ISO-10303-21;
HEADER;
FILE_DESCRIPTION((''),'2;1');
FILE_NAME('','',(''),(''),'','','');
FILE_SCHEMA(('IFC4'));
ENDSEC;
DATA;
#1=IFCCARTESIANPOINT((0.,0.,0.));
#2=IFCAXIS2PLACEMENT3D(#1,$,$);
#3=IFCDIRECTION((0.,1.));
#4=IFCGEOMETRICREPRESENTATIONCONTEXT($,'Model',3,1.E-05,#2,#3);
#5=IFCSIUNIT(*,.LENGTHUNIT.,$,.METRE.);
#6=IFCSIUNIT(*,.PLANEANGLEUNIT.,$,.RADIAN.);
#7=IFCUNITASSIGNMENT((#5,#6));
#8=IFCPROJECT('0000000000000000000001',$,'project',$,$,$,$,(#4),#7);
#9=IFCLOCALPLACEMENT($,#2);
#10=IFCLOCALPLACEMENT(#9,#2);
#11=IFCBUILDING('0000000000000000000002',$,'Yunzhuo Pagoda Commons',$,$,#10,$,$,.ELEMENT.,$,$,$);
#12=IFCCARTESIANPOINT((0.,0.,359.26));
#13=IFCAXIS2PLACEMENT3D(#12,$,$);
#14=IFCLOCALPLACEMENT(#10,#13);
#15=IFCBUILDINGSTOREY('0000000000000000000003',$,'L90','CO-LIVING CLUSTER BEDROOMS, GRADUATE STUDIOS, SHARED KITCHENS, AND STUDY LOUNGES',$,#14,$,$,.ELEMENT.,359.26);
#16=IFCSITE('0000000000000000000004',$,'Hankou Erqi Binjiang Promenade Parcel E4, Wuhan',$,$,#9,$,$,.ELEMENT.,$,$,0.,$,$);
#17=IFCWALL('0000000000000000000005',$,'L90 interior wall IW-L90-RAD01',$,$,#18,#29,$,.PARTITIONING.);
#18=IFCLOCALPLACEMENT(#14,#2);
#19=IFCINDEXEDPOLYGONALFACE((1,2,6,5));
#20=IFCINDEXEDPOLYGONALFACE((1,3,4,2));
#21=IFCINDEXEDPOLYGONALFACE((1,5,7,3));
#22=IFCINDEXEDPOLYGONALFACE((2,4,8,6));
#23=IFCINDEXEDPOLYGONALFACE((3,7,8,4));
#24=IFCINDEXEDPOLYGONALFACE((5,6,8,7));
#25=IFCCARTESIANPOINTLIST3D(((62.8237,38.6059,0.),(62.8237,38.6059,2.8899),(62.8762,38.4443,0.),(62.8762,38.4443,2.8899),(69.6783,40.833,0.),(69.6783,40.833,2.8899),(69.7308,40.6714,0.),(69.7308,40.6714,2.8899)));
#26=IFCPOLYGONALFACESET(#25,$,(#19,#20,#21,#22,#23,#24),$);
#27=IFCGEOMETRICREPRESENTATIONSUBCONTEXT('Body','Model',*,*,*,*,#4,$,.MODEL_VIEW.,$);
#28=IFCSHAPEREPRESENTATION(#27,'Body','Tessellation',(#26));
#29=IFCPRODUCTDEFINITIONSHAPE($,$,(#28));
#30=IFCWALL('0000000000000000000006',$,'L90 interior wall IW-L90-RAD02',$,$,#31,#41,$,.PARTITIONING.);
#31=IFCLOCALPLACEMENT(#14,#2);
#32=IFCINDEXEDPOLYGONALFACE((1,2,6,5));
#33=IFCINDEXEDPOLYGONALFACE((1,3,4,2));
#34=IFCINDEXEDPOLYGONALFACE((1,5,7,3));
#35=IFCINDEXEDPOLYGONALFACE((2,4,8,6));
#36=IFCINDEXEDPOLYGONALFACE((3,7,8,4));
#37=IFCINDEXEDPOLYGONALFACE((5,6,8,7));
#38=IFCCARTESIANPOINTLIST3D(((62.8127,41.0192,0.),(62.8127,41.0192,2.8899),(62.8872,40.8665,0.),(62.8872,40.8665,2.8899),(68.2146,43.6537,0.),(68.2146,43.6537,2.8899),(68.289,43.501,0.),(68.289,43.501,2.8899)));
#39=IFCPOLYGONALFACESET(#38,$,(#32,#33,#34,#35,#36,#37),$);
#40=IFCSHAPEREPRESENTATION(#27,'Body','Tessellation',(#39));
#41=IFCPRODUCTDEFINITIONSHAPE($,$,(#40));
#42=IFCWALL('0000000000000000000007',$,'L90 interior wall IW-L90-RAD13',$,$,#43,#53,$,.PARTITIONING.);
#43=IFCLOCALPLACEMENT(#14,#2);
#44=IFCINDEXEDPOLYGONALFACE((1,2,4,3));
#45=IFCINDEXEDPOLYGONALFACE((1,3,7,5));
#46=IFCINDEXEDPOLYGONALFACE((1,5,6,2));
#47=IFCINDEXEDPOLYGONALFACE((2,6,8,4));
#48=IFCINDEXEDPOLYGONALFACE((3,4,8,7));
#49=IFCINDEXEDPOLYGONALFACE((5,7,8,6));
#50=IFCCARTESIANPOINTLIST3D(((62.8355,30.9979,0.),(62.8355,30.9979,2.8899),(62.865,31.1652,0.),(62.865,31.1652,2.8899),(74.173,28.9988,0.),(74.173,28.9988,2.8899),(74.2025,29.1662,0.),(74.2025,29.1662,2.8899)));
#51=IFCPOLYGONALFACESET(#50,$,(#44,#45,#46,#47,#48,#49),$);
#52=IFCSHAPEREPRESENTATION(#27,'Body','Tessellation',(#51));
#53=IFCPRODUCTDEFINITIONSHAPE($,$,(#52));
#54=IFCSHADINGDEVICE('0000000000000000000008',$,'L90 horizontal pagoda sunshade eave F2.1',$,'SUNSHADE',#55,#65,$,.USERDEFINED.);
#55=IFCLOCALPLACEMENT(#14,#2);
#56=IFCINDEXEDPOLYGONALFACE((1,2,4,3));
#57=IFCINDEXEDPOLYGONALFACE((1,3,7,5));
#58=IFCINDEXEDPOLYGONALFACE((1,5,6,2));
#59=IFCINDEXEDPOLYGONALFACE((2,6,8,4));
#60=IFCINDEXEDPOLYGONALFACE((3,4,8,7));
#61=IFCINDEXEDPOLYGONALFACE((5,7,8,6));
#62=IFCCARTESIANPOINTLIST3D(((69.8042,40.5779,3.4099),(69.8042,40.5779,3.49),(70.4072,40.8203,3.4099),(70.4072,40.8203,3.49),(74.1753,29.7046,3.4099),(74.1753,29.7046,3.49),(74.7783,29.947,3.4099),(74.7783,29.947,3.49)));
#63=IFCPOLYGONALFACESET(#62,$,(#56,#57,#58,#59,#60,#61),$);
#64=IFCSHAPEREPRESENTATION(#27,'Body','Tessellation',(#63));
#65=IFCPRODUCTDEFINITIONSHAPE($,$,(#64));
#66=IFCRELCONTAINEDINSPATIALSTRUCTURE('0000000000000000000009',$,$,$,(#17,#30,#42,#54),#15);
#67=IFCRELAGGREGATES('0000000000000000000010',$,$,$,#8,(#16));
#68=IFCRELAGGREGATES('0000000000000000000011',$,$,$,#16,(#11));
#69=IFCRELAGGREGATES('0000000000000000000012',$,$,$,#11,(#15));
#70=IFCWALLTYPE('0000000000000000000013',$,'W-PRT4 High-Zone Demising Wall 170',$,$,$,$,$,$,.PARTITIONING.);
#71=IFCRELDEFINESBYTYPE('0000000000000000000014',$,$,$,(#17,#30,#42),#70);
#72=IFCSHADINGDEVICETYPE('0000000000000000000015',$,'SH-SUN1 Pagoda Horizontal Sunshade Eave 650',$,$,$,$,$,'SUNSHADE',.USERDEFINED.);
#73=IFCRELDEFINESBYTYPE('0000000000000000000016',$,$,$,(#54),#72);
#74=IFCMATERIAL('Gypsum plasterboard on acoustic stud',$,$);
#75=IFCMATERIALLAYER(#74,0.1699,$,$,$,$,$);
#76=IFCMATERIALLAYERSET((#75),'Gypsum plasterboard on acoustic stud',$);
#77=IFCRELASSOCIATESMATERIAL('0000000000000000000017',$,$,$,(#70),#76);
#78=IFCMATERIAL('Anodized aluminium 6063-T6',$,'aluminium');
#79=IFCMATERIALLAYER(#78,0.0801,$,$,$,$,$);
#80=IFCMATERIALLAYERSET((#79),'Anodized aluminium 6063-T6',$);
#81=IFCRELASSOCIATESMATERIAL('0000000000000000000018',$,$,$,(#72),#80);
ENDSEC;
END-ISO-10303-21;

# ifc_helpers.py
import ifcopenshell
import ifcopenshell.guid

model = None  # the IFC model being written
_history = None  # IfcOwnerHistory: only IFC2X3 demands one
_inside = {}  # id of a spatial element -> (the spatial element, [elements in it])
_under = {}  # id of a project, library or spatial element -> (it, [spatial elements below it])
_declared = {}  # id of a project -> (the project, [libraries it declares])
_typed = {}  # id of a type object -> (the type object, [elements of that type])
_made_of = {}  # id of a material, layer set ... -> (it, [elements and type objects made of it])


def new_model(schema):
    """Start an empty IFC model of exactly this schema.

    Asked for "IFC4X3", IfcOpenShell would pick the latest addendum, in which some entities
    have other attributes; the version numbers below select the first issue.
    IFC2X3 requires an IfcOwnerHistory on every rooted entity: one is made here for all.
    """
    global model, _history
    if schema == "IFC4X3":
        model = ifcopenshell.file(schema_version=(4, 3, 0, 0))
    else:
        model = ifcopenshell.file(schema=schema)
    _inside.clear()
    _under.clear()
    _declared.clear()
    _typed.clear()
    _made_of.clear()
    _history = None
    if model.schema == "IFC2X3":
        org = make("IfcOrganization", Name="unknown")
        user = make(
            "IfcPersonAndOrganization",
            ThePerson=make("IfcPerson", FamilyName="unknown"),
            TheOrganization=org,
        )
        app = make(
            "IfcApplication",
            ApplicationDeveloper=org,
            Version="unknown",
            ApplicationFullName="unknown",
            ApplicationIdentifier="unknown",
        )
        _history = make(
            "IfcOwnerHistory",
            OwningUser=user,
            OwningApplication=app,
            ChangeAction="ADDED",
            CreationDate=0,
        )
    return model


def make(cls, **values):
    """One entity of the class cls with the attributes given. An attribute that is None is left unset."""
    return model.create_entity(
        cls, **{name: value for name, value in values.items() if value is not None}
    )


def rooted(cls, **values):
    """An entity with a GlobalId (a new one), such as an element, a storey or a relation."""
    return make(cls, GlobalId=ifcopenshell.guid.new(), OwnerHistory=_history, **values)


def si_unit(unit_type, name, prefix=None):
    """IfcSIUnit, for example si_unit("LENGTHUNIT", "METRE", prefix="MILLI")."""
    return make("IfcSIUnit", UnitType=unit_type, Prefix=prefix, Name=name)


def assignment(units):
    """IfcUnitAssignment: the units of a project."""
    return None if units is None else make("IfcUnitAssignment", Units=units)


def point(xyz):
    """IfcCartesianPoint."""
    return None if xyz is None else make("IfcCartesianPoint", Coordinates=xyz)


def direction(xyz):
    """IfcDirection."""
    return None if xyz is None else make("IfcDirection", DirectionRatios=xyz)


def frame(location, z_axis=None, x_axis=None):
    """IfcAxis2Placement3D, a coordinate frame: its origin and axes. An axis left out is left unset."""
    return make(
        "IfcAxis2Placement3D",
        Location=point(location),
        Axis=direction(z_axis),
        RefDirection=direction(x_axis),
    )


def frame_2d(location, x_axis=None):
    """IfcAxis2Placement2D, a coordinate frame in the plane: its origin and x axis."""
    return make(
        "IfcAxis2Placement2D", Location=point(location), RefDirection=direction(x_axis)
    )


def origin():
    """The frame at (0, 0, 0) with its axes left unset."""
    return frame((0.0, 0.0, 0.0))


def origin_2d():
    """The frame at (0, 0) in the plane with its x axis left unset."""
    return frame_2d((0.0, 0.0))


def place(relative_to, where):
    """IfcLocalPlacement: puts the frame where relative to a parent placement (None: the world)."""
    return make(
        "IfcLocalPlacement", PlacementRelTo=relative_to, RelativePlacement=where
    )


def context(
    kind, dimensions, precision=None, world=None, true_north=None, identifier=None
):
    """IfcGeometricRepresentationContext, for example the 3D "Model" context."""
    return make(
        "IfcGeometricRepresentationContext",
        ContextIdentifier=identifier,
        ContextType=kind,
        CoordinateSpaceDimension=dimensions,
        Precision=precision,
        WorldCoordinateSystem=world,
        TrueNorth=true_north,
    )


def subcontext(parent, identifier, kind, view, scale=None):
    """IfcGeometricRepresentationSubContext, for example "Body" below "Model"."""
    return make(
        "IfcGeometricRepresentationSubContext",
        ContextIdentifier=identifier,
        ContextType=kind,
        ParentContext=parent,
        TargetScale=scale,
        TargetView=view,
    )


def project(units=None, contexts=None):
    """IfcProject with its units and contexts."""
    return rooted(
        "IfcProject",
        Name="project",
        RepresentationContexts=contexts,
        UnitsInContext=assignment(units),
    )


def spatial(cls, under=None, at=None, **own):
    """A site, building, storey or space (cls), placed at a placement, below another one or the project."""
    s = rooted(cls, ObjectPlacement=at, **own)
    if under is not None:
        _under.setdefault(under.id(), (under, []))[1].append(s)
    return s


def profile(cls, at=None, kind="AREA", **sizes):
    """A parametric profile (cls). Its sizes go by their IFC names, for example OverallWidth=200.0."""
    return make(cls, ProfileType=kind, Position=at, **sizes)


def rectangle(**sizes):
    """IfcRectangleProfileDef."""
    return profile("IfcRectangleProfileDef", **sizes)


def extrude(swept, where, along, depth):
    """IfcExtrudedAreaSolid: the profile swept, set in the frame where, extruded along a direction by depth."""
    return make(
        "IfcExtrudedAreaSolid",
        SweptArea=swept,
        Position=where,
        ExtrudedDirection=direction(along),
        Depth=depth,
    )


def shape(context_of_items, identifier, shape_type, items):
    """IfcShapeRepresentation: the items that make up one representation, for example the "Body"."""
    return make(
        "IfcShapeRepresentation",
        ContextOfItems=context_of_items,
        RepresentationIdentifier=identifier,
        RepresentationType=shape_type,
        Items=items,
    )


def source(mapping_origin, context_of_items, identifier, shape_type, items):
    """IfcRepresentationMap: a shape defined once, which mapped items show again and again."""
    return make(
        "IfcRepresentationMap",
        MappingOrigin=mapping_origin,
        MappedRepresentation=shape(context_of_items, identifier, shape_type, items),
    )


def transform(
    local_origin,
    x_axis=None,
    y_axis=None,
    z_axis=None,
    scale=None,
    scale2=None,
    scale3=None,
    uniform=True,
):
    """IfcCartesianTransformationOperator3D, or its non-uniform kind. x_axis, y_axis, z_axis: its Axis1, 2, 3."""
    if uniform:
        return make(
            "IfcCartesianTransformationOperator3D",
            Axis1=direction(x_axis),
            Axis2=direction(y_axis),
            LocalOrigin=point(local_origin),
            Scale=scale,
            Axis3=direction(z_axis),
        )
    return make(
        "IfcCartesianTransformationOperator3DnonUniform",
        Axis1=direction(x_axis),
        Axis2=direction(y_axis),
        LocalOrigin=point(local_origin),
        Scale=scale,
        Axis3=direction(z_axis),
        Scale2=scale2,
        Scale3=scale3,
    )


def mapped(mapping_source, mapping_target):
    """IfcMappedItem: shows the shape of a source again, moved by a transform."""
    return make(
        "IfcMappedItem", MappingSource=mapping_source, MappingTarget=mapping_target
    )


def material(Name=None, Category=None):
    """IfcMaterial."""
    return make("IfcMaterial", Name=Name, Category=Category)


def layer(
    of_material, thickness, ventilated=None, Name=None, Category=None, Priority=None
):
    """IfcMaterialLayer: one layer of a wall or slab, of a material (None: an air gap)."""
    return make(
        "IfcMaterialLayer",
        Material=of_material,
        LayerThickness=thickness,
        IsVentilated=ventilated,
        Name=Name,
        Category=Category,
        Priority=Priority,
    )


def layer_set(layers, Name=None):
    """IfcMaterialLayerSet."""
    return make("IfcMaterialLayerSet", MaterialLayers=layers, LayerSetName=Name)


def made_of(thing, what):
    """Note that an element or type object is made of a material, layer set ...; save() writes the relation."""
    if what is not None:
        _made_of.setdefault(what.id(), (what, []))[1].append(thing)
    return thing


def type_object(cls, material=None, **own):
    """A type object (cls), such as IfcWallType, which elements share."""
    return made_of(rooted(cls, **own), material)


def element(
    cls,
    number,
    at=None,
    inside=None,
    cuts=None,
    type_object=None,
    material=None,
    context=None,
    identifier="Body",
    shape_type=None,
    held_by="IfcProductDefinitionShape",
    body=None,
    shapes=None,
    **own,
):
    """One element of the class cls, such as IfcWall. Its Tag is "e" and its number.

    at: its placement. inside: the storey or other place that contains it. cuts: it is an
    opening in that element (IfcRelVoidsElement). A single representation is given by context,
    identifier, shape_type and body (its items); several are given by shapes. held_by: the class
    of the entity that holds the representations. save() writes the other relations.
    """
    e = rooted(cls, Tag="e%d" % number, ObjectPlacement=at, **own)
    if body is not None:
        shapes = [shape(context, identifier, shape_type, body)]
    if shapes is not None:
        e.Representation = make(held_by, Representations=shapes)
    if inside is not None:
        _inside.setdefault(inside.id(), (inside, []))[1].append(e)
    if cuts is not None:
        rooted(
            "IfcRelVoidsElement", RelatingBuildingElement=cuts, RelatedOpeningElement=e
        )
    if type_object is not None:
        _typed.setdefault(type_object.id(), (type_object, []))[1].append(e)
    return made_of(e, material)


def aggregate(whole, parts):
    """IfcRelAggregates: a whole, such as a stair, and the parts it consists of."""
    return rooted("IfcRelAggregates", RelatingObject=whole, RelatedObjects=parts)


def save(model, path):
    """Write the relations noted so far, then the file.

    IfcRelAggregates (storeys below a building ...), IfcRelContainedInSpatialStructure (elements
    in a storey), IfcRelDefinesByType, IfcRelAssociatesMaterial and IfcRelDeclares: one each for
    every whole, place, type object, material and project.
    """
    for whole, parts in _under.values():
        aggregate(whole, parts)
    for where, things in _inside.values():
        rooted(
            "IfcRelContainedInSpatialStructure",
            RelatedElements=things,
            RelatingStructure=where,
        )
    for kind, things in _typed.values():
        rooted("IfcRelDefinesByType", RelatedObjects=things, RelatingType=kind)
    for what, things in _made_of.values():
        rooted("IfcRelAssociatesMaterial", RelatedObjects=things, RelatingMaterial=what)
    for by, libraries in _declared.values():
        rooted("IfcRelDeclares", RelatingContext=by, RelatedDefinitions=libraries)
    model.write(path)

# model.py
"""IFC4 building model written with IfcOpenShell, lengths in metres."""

from ifc_helpers import new_model, si_unit, direction, frame, frame_2d, origin, origin_2d, place, context, subcontext, project, spatial, rectangle, extrude, source, transform, mapped, material, layer, layer_set, type_object, element, save


model = new_model("IFC4")

# Units and contexts
model_context = context("Model", 3, precision=1e-05, world=origin(), true_north=direction((0.0, 1.0)))
body_context = subcontext(model_context, "Body", "Model", "MODEL_VIEW")
ifc_project = project(units=[si_unit("LENGTHUNIT", "METRE"), si_unit("PLANEANGLEUNIT", "RADIAN")], contexts=[model_context])

# Site, building, storey
site_placement = place(None, origin())
site = spatial("IfcSite", under=ifc_project, at=site_placement, Name="Hankou Erqi Binjiang Promenade Parcel E4, Wuhan", CompositionType="ELEMENT", RefElevation=0.0)
building_placement = place(site_placement, origin())
building = spatial("IfcBuilding", under=site, at=building_placement, Name="Yunzhuo Pagoda Commons", CompositionType="ELEMENT")
storey_placement = place(building_placement, frame((0.0, 0.0, 359.26)))
storey = spatial("IfcBuildingStorey", under=building, at=storey_placement, Name="L90", Description="CO-LIVING CLUSTER BEDROOMS, GRADUATE STUDIOS, SHARED KITCHENS, AND STUDY LOUNGES", CompositionType="ELEMENT", Elevation=359.26)

# Shared definitions
ifc_material_1 = material(Name="Anodized aluminium 6063-T6", Category="aluminium")

# Shared definitions
ifc_material_2 = material(Name="Gypsum plasterboard on acoustic stud")

# Walls
ifc_layer_1 = layer(ifc_material_2, 0.1699)
ifc_layer_set_1 = layer_set([ifc_layer_1], Name="Gypsum plasterboard on acoustic stud")
wall_type_1 = type_object("IfcWallType", Name="W-PRT4 High-Zone Demising Wall 170", PredefinedType="PARTITIONING", material=ifc_layer_set_1)
wall_1_placement = place(storey_placement, frame((62.8501, 38.5251, 0.0), z_axis=(0.0, 0.0, 1.0), x_axis=(0.951061, 0.309003, 0.0)))
element("IfcWall", 1, at=wall_1_placement, inside=storey, type_object=wall_type_1, Name="L90 interior wall IW-L90-RAD01", PredefinedType="PARTITIONING", context=body_context, shape_type="SweptSolid", body=[
    extrude(rectangle(XDim=7.2073, YDim=0.1699, at=frame_2d((3.6035, 0.0))), origin(), (0.0, 0.0, 1.0), 2.8899),
])
wall_2_placement = place(storey_placement, frame((62.8501, 40.9429, 0.0), z_axis=(0.0, 0.0, 1.0), x_axis=(0.898803, 0.438352, 0.0)))
element("IfcWall", 2, at=wall_2_placement, inside=storey, type_object=wall_type_1, Name="L90 interior wall IW-L90-RAD02", PredefinedType="PARTITIONING", context=body_context, shape_type="SweptSolid", body=[
    extrude(rectangle(XDim=6.01, YDim=0.1699, at=frame_2d((3.0049, 0.0))), origin(), (0.0, 0.0, 1.0), 2.8899),
])
wall_3_placement = place(storey_placement, frame((62.8501, 31.0815, 0.0), z_axis=(0.0, 0.0, 1.0), x_axis=(0.984809, -0.173639, 0.0)))
element("IfcWall", 3, at=wall_3_placement, inside=storey, type_object=wall_type_1, Name="L90 interior wall IW-L90-RAD13", PredefinedType="PARTITIONING", context=body_context, shape_type="SweptSolid", body=[
    extrude(rectangle(XDim=11.5125, YDim=0.1699, at=frame_2d((5.7563, 0.0))), origin(), (0.0, 0.0, 1.0), 2.8899),
])

# Shading device
ifc_layer_2 = layer(ifc_material_1, 0.0801)
ifc_layer_set_2 = layer_set([ifc_layer_2], Name="Anodized aluminium 6063-T6")
shading_device_type = type_object("IfcShadingDeviceType", Name="SH-SUN1 Pagoda Horizontal Sunshade Eave 650", ElementType="SUNSHADE", PredefinedType="USERDEFINED", material=ifc_layer_set_2)
shared_shape_1 = source(origin(), body_context, "Body", "SweptSolid", [
    extrude(rectangle(XDim=11.719, YDim=0.6499, at=origin_2d()), origin(), (0.0, 0.0, 1.0), 0.0801),
])
shading_device_placement = place(storey_placement, frame((72.2913, 35.2625, 3.4099), z_axis=(0.0, 0.0, 1.0), x_axis=(-0.372988, 0.927836, 0.0)))
element("IfcShadingDevice", 4, at=shading_device_placement, inside=storey, type_object=shading_device_type, Name="L90 horizontal pagoda sunshade eave F2.1", ObjectType="SUNSHADE", PredefinedType="USERDEFINED", context=body_context, shape_type="MappedRepresentation", body=[
    mapped(shared_shape_1, transform((0.0, 0.0, 0.0), scale=1.0)),
])

save(model, "model.ifc")
